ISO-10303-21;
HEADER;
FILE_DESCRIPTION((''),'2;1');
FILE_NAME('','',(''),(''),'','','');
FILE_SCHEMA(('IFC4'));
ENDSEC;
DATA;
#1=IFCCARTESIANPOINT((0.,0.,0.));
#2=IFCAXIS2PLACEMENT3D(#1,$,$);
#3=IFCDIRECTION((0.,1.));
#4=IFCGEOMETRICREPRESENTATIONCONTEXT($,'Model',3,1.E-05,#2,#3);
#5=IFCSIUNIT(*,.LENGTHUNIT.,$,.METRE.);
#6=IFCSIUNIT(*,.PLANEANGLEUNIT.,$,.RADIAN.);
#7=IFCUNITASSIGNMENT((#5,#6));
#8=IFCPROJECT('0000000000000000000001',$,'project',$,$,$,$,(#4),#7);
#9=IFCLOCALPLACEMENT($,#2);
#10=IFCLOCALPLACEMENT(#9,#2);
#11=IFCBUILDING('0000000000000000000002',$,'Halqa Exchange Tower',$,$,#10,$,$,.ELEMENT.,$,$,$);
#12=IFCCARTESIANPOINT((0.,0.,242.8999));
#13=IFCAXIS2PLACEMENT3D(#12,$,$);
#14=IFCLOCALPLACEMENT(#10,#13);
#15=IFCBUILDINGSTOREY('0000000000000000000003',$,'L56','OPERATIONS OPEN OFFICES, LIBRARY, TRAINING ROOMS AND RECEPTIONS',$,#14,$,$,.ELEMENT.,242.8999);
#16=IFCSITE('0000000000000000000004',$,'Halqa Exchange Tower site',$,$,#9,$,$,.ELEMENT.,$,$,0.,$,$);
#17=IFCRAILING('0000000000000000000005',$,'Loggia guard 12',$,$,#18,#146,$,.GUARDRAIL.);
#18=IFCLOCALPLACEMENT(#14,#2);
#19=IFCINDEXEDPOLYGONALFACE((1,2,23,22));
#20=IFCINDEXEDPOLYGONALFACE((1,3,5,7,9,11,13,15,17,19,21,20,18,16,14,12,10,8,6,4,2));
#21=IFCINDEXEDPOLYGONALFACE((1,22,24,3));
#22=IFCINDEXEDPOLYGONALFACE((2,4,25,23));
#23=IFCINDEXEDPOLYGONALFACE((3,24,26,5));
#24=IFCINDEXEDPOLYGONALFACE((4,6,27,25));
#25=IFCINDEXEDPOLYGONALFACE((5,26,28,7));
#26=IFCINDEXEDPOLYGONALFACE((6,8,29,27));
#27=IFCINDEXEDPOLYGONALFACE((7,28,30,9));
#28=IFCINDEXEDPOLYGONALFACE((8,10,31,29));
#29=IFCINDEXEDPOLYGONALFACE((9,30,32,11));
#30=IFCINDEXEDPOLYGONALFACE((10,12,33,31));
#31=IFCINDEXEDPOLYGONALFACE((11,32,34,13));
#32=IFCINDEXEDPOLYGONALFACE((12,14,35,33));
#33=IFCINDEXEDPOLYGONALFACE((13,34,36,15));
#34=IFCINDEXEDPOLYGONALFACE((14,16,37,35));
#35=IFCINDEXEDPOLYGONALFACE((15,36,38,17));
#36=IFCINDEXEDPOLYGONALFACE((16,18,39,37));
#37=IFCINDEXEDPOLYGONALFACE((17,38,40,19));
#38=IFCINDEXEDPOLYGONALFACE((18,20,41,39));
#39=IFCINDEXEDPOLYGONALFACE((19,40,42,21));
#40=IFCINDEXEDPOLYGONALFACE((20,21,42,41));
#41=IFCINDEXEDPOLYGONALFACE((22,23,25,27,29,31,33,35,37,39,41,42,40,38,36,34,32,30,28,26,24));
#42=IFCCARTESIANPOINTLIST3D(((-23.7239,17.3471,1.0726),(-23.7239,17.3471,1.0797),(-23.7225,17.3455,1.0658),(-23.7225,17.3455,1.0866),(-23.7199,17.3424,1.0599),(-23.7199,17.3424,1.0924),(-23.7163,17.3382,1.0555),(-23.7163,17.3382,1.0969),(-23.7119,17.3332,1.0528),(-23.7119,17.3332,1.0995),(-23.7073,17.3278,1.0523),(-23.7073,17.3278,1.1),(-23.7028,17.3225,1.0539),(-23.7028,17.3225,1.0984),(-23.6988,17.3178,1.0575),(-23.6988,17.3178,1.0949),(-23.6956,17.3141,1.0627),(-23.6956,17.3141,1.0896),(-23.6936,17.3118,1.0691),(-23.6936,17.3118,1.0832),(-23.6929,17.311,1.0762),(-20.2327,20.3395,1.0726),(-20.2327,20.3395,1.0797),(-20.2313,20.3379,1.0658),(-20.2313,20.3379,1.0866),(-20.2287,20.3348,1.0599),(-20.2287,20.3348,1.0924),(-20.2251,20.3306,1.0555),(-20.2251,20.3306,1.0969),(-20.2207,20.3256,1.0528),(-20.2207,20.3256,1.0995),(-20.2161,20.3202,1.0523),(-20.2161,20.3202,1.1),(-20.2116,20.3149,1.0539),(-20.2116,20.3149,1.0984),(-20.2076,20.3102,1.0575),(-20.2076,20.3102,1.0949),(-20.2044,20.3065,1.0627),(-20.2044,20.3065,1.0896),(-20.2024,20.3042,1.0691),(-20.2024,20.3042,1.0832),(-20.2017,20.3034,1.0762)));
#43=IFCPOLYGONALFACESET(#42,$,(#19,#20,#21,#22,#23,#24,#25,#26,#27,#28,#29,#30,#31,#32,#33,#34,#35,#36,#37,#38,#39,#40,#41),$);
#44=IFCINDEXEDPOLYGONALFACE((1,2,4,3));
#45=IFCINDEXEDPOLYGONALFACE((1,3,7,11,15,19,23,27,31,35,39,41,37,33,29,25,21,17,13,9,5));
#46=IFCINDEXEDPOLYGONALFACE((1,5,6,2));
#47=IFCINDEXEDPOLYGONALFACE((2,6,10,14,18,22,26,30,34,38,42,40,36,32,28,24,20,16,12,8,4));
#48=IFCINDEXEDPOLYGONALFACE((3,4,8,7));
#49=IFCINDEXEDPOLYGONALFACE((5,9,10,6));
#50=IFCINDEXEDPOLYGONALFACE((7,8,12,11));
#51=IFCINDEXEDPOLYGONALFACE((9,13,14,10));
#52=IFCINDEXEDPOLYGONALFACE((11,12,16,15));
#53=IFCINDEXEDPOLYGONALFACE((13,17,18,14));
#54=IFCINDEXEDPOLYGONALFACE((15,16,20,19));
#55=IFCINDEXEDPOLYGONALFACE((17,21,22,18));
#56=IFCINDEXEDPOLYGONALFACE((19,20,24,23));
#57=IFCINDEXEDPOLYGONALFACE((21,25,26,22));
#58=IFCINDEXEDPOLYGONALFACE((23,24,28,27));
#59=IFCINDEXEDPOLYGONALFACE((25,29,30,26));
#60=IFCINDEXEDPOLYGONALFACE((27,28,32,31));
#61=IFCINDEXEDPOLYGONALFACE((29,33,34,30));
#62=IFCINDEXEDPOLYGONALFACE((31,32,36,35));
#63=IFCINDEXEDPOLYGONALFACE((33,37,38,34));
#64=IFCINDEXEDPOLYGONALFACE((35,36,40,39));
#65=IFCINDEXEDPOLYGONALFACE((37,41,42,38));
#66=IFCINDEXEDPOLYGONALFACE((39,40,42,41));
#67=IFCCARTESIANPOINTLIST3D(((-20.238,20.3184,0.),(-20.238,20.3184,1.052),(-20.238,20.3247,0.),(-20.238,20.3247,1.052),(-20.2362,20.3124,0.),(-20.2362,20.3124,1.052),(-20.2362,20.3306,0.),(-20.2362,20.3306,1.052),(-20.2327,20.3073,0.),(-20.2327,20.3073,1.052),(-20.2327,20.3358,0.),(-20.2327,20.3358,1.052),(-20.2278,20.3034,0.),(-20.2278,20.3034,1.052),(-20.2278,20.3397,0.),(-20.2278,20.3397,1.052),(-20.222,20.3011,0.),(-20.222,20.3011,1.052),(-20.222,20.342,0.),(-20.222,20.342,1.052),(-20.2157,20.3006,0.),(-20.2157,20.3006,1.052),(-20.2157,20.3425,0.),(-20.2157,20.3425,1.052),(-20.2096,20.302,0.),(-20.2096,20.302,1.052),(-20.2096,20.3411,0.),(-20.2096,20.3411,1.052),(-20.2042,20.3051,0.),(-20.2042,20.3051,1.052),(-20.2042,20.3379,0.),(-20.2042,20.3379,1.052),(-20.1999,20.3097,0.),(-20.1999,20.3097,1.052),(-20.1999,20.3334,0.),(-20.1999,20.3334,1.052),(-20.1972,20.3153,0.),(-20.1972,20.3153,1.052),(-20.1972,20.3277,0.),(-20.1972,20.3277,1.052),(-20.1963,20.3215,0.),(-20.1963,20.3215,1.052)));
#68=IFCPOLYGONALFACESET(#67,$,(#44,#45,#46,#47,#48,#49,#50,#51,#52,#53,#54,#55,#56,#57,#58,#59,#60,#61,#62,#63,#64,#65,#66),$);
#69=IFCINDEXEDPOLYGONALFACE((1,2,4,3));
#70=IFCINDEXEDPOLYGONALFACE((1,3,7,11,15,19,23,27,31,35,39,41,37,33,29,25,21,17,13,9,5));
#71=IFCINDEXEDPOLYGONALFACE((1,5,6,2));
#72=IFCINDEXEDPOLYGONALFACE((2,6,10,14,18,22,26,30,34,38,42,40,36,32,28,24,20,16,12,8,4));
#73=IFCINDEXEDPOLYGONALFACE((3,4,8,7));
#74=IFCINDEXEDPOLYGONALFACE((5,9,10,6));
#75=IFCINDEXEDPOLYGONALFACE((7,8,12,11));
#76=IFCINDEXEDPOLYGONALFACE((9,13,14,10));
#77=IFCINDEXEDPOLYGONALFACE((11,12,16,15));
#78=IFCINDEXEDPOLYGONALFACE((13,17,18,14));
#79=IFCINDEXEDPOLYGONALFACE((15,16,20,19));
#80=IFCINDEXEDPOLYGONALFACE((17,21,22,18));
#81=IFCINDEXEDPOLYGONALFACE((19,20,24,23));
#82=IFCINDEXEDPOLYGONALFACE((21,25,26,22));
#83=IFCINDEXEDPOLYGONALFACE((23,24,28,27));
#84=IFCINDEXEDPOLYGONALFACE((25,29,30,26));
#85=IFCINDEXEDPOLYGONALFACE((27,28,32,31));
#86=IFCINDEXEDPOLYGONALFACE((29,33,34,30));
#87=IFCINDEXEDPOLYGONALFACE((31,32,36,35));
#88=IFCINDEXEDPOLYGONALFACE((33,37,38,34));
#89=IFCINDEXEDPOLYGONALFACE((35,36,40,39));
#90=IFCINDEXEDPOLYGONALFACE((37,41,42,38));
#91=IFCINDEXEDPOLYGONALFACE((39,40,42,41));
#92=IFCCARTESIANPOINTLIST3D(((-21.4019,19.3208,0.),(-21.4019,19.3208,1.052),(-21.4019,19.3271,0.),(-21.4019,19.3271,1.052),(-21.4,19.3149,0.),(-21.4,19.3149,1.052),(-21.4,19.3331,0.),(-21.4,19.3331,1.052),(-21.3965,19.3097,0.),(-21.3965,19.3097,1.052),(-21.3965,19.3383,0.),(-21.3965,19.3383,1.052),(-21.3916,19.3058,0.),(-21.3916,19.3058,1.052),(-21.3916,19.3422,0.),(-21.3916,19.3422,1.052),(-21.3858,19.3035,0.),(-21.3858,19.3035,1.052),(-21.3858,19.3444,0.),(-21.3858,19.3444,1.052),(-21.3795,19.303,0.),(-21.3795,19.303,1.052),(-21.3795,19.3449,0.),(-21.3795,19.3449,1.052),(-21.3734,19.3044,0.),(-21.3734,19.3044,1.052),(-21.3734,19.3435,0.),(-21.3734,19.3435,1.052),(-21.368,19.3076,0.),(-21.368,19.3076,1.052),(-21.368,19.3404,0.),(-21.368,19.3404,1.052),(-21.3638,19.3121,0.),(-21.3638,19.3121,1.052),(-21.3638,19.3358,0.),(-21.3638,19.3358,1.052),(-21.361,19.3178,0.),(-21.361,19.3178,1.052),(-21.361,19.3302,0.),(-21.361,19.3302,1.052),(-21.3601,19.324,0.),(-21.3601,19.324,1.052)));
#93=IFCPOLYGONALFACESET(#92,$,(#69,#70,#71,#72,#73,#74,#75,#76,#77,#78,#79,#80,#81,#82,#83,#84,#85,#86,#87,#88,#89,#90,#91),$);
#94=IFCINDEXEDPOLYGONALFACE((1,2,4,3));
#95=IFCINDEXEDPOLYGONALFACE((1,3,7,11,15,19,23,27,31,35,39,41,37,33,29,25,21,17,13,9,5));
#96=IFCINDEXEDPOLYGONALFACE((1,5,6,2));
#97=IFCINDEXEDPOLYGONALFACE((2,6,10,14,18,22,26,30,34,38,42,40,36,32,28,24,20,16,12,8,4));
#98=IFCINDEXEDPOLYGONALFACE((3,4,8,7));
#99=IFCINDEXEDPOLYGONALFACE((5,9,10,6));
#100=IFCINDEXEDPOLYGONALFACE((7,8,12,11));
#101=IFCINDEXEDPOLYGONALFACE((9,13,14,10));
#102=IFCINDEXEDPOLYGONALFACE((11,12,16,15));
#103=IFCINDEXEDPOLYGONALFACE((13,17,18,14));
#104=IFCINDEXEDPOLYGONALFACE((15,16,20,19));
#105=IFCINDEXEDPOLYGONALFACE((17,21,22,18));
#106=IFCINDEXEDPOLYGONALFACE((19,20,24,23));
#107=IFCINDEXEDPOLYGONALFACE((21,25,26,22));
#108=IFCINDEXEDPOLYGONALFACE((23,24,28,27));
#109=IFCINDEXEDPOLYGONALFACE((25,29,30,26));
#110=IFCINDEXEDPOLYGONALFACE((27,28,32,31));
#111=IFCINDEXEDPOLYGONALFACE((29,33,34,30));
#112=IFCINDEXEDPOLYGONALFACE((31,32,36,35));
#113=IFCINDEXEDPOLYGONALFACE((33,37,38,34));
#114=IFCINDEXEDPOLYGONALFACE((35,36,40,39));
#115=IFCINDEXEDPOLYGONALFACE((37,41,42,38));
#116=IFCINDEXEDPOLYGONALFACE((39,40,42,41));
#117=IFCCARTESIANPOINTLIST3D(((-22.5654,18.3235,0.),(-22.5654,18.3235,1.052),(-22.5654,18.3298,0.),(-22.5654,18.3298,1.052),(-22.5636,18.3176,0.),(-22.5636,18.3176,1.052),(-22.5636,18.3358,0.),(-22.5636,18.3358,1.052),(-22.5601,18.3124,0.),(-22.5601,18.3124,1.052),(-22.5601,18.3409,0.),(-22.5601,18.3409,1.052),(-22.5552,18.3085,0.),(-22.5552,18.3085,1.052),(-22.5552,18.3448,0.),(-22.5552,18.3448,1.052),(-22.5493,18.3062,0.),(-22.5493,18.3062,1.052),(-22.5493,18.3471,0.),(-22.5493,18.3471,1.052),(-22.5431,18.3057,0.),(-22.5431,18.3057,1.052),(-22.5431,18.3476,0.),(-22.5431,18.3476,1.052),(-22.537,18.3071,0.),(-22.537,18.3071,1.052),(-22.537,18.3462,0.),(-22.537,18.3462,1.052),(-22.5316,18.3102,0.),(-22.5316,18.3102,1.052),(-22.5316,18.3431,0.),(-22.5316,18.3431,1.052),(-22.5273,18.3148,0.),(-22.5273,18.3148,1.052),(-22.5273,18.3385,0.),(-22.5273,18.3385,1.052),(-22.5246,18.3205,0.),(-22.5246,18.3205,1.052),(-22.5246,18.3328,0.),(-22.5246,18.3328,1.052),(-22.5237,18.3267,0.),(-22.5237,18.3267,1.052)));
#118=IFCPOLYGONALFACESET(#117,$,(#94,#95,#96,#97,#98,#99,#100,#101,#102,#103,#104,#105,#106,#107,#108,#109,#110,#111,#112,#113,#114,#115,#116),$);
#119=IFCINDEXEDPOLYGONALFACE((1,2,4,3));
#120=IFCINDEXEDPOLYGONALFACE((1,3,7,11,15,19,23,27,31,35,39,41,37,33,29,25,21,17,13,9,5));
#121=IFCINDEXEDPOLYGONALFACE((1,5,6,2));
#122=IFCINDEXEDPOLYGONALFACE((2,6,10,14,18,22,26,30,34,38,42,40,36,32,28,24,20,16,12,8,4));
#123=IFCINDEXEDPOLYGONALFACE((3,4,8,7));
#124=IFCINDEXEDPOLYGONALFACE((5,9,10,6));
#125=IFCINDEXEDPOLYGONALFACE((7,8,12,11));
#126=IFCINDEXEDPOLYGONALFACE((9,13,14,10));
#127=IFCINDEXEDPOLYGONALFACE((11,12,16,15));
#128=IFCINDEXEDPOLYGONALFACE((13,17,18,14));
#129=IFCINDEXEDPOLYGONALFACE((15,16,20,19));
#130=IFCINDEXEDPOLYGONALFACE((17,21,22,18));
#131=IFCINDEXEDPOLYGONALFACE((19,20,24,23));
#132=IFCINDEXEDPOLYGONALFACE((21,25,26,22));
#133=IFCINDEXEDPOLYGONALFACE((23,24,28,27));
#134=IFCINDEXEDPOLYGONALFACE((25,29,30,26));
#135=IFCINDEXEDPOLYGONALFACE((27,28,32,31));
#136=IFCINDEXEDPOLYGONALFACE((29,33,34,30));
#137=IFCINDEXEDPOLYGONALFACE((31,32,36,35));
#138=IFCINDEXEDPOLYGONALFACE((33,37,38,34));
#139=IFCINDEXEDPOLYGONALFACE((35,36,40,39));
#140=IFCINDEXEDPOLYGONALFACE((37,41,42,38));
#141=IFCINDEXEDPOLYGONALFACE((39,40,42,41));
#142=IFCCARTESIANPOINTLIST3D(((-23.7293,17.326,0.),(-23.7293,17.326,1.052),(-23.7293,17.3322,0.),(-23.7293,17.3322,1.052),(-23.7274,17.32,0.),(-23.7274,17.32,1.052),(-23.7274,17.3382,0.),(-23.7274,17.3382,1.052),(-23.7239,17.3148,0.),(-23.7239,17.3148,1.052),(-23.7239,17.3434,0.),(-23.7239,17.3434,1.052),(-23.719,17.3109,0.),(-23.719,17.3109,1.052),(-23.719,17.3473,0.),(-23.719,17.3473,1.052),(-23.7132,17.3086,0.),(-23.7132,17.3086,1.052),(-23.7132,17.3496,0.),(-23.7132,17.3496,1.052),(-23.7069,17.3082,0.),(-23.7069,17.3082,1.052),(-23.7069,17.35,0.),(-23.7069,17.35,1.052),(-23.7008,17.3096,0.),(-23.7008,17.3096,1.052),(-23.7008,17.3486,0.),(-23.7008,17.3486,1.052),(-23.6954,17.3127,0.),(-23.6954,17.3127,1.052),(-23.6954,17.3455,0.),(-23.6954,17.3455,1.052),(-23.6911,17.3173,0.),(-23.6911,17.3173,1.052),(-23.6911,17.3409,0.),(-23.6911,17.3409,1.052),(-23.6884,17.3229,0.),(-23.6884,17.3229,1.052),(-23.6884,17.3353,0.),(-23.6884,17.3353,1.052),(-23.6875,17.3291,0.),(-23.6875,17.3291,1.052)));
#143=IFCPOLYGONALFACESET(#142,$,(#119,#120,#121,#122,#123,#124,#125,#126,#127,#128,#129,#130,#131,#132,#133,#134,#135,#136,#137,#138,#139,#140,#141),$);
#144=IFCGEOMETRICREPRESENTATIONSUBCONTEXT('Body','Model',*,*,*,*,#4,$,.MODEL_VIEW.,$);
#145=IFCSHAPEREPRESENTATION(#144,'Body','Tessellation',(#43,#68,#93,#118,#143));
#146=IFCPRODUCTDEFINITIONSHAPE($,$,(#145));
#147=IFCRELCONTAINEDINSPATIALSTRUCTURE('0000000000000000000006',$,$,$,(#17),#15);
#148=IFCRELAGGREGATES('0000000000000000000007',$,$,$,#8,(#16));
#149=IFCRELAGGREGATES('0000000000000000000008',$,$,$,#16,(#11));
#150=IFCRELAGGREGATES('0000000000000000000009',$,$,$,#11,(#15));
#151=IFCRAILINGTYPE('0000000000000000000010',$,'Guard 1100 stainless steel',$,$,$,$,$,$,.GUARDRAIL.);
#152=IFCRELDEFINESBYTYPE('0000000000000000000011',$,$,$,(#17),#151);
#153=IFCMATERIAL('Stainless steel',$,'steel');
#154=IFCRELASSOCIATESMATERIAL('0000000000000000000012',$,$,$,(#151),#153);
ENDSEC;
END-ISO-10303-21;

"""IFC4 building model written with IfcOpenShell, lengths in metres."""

from ifc_helpers import new_model, si_unit, direction, frame, origin, origin_2d, place, context, subcontext, project, spatial, circle, extrude, material, type_object, element, save


model = new_model("IFC4")

# Units and contexts
model_context = context("Model", 3, precision=1e-05, world=origin(), true_north=direction((0.0, 1.0)))
body_context = subcontext(model_context, "Body", "Model", "MODEL_VIEW")
ifc_project = project(units=[si_unit("LENGTHUNIT", "METRE"), si_unit("PLANEANGLEUNIT", "RADIAN")], contexts=[model_context])

# Site, building, storey
site_placement = place(None, origin())
site = spatial("IfcSite", under=ifc_project, at=site_placement, Name="Halqa Exchange Tower site", CompositionType="ELEMENT", RefElevation=0.0)
building_placement = place(site_placement, origin())
building = spatial("IfcBuilding", under=site, at=building_placement, Name="Halqa Exchange Tower", CompositionType="ELEMENT")
storey_placement = place(building_placement, frame((0.0, 0.0, 242.8999)))
storey = spatial("IfcBuildingStorey", under=building, at=storey_placement, Name="L56", Description="OPERATIONS OPEN OFFICES, LIBRARY, TRAINING ROOMS AND RECEPTIONS", CompositionType="ELEMENT", Elevation=242.8999)

# Railing
ifc_material_1 = material(Name="Stainless steel", Category="steel")
railing_type = type_object("IfcRailingType", Name="Guard 1100 stainless steel", PredefinedType="GUARDRAIL", material=ifc_material_1)
railing_1_placement = place(storey_placement, frame((-20.2173, 20.3215, 0.0)))
element("IfcRailing", 1, at=railing_1_placement, inside=storey, type_object=railing_type, Name="Loggia guard 12", PredefinedType="GUARDRAIL", context=body_context, shape_type="SweptSolid", body=[
    extrude(circle(Radius=0.0239, at=origin_2d()), frame((0.0, 0.0, 1.0762), z_axis=(-0.75926, -0.650787, 0.0), x_axis=(0.650787, -0.75926, 0.0)), (0.0, 0.0, 1.0), 4.5981),
    extrude(circle(Radius=0.021, at=origin_2d()), origin(), (0.0, 0.0, 1.0), 1.052),
    extrude(circle(Radius=0.021, at=origin_2d()), frame((-1.1638, -0.9976, 0.0)), (0.0, 0.0, 1.0), 1.052),
    extrude(circle(Radius=0.021, at=origin_2d()), frame((-2.3274, -1.9949, 0.0)), (0.0, 0.0, 1.0), 1.052),
    extrude(circle(Radius=0.021, at=origin_2d()), frame((-3.4912, -2.9924, 0.0)), (0.0, 0.0, 1.0), 1.052),
])

save(model, "model.ifc")
